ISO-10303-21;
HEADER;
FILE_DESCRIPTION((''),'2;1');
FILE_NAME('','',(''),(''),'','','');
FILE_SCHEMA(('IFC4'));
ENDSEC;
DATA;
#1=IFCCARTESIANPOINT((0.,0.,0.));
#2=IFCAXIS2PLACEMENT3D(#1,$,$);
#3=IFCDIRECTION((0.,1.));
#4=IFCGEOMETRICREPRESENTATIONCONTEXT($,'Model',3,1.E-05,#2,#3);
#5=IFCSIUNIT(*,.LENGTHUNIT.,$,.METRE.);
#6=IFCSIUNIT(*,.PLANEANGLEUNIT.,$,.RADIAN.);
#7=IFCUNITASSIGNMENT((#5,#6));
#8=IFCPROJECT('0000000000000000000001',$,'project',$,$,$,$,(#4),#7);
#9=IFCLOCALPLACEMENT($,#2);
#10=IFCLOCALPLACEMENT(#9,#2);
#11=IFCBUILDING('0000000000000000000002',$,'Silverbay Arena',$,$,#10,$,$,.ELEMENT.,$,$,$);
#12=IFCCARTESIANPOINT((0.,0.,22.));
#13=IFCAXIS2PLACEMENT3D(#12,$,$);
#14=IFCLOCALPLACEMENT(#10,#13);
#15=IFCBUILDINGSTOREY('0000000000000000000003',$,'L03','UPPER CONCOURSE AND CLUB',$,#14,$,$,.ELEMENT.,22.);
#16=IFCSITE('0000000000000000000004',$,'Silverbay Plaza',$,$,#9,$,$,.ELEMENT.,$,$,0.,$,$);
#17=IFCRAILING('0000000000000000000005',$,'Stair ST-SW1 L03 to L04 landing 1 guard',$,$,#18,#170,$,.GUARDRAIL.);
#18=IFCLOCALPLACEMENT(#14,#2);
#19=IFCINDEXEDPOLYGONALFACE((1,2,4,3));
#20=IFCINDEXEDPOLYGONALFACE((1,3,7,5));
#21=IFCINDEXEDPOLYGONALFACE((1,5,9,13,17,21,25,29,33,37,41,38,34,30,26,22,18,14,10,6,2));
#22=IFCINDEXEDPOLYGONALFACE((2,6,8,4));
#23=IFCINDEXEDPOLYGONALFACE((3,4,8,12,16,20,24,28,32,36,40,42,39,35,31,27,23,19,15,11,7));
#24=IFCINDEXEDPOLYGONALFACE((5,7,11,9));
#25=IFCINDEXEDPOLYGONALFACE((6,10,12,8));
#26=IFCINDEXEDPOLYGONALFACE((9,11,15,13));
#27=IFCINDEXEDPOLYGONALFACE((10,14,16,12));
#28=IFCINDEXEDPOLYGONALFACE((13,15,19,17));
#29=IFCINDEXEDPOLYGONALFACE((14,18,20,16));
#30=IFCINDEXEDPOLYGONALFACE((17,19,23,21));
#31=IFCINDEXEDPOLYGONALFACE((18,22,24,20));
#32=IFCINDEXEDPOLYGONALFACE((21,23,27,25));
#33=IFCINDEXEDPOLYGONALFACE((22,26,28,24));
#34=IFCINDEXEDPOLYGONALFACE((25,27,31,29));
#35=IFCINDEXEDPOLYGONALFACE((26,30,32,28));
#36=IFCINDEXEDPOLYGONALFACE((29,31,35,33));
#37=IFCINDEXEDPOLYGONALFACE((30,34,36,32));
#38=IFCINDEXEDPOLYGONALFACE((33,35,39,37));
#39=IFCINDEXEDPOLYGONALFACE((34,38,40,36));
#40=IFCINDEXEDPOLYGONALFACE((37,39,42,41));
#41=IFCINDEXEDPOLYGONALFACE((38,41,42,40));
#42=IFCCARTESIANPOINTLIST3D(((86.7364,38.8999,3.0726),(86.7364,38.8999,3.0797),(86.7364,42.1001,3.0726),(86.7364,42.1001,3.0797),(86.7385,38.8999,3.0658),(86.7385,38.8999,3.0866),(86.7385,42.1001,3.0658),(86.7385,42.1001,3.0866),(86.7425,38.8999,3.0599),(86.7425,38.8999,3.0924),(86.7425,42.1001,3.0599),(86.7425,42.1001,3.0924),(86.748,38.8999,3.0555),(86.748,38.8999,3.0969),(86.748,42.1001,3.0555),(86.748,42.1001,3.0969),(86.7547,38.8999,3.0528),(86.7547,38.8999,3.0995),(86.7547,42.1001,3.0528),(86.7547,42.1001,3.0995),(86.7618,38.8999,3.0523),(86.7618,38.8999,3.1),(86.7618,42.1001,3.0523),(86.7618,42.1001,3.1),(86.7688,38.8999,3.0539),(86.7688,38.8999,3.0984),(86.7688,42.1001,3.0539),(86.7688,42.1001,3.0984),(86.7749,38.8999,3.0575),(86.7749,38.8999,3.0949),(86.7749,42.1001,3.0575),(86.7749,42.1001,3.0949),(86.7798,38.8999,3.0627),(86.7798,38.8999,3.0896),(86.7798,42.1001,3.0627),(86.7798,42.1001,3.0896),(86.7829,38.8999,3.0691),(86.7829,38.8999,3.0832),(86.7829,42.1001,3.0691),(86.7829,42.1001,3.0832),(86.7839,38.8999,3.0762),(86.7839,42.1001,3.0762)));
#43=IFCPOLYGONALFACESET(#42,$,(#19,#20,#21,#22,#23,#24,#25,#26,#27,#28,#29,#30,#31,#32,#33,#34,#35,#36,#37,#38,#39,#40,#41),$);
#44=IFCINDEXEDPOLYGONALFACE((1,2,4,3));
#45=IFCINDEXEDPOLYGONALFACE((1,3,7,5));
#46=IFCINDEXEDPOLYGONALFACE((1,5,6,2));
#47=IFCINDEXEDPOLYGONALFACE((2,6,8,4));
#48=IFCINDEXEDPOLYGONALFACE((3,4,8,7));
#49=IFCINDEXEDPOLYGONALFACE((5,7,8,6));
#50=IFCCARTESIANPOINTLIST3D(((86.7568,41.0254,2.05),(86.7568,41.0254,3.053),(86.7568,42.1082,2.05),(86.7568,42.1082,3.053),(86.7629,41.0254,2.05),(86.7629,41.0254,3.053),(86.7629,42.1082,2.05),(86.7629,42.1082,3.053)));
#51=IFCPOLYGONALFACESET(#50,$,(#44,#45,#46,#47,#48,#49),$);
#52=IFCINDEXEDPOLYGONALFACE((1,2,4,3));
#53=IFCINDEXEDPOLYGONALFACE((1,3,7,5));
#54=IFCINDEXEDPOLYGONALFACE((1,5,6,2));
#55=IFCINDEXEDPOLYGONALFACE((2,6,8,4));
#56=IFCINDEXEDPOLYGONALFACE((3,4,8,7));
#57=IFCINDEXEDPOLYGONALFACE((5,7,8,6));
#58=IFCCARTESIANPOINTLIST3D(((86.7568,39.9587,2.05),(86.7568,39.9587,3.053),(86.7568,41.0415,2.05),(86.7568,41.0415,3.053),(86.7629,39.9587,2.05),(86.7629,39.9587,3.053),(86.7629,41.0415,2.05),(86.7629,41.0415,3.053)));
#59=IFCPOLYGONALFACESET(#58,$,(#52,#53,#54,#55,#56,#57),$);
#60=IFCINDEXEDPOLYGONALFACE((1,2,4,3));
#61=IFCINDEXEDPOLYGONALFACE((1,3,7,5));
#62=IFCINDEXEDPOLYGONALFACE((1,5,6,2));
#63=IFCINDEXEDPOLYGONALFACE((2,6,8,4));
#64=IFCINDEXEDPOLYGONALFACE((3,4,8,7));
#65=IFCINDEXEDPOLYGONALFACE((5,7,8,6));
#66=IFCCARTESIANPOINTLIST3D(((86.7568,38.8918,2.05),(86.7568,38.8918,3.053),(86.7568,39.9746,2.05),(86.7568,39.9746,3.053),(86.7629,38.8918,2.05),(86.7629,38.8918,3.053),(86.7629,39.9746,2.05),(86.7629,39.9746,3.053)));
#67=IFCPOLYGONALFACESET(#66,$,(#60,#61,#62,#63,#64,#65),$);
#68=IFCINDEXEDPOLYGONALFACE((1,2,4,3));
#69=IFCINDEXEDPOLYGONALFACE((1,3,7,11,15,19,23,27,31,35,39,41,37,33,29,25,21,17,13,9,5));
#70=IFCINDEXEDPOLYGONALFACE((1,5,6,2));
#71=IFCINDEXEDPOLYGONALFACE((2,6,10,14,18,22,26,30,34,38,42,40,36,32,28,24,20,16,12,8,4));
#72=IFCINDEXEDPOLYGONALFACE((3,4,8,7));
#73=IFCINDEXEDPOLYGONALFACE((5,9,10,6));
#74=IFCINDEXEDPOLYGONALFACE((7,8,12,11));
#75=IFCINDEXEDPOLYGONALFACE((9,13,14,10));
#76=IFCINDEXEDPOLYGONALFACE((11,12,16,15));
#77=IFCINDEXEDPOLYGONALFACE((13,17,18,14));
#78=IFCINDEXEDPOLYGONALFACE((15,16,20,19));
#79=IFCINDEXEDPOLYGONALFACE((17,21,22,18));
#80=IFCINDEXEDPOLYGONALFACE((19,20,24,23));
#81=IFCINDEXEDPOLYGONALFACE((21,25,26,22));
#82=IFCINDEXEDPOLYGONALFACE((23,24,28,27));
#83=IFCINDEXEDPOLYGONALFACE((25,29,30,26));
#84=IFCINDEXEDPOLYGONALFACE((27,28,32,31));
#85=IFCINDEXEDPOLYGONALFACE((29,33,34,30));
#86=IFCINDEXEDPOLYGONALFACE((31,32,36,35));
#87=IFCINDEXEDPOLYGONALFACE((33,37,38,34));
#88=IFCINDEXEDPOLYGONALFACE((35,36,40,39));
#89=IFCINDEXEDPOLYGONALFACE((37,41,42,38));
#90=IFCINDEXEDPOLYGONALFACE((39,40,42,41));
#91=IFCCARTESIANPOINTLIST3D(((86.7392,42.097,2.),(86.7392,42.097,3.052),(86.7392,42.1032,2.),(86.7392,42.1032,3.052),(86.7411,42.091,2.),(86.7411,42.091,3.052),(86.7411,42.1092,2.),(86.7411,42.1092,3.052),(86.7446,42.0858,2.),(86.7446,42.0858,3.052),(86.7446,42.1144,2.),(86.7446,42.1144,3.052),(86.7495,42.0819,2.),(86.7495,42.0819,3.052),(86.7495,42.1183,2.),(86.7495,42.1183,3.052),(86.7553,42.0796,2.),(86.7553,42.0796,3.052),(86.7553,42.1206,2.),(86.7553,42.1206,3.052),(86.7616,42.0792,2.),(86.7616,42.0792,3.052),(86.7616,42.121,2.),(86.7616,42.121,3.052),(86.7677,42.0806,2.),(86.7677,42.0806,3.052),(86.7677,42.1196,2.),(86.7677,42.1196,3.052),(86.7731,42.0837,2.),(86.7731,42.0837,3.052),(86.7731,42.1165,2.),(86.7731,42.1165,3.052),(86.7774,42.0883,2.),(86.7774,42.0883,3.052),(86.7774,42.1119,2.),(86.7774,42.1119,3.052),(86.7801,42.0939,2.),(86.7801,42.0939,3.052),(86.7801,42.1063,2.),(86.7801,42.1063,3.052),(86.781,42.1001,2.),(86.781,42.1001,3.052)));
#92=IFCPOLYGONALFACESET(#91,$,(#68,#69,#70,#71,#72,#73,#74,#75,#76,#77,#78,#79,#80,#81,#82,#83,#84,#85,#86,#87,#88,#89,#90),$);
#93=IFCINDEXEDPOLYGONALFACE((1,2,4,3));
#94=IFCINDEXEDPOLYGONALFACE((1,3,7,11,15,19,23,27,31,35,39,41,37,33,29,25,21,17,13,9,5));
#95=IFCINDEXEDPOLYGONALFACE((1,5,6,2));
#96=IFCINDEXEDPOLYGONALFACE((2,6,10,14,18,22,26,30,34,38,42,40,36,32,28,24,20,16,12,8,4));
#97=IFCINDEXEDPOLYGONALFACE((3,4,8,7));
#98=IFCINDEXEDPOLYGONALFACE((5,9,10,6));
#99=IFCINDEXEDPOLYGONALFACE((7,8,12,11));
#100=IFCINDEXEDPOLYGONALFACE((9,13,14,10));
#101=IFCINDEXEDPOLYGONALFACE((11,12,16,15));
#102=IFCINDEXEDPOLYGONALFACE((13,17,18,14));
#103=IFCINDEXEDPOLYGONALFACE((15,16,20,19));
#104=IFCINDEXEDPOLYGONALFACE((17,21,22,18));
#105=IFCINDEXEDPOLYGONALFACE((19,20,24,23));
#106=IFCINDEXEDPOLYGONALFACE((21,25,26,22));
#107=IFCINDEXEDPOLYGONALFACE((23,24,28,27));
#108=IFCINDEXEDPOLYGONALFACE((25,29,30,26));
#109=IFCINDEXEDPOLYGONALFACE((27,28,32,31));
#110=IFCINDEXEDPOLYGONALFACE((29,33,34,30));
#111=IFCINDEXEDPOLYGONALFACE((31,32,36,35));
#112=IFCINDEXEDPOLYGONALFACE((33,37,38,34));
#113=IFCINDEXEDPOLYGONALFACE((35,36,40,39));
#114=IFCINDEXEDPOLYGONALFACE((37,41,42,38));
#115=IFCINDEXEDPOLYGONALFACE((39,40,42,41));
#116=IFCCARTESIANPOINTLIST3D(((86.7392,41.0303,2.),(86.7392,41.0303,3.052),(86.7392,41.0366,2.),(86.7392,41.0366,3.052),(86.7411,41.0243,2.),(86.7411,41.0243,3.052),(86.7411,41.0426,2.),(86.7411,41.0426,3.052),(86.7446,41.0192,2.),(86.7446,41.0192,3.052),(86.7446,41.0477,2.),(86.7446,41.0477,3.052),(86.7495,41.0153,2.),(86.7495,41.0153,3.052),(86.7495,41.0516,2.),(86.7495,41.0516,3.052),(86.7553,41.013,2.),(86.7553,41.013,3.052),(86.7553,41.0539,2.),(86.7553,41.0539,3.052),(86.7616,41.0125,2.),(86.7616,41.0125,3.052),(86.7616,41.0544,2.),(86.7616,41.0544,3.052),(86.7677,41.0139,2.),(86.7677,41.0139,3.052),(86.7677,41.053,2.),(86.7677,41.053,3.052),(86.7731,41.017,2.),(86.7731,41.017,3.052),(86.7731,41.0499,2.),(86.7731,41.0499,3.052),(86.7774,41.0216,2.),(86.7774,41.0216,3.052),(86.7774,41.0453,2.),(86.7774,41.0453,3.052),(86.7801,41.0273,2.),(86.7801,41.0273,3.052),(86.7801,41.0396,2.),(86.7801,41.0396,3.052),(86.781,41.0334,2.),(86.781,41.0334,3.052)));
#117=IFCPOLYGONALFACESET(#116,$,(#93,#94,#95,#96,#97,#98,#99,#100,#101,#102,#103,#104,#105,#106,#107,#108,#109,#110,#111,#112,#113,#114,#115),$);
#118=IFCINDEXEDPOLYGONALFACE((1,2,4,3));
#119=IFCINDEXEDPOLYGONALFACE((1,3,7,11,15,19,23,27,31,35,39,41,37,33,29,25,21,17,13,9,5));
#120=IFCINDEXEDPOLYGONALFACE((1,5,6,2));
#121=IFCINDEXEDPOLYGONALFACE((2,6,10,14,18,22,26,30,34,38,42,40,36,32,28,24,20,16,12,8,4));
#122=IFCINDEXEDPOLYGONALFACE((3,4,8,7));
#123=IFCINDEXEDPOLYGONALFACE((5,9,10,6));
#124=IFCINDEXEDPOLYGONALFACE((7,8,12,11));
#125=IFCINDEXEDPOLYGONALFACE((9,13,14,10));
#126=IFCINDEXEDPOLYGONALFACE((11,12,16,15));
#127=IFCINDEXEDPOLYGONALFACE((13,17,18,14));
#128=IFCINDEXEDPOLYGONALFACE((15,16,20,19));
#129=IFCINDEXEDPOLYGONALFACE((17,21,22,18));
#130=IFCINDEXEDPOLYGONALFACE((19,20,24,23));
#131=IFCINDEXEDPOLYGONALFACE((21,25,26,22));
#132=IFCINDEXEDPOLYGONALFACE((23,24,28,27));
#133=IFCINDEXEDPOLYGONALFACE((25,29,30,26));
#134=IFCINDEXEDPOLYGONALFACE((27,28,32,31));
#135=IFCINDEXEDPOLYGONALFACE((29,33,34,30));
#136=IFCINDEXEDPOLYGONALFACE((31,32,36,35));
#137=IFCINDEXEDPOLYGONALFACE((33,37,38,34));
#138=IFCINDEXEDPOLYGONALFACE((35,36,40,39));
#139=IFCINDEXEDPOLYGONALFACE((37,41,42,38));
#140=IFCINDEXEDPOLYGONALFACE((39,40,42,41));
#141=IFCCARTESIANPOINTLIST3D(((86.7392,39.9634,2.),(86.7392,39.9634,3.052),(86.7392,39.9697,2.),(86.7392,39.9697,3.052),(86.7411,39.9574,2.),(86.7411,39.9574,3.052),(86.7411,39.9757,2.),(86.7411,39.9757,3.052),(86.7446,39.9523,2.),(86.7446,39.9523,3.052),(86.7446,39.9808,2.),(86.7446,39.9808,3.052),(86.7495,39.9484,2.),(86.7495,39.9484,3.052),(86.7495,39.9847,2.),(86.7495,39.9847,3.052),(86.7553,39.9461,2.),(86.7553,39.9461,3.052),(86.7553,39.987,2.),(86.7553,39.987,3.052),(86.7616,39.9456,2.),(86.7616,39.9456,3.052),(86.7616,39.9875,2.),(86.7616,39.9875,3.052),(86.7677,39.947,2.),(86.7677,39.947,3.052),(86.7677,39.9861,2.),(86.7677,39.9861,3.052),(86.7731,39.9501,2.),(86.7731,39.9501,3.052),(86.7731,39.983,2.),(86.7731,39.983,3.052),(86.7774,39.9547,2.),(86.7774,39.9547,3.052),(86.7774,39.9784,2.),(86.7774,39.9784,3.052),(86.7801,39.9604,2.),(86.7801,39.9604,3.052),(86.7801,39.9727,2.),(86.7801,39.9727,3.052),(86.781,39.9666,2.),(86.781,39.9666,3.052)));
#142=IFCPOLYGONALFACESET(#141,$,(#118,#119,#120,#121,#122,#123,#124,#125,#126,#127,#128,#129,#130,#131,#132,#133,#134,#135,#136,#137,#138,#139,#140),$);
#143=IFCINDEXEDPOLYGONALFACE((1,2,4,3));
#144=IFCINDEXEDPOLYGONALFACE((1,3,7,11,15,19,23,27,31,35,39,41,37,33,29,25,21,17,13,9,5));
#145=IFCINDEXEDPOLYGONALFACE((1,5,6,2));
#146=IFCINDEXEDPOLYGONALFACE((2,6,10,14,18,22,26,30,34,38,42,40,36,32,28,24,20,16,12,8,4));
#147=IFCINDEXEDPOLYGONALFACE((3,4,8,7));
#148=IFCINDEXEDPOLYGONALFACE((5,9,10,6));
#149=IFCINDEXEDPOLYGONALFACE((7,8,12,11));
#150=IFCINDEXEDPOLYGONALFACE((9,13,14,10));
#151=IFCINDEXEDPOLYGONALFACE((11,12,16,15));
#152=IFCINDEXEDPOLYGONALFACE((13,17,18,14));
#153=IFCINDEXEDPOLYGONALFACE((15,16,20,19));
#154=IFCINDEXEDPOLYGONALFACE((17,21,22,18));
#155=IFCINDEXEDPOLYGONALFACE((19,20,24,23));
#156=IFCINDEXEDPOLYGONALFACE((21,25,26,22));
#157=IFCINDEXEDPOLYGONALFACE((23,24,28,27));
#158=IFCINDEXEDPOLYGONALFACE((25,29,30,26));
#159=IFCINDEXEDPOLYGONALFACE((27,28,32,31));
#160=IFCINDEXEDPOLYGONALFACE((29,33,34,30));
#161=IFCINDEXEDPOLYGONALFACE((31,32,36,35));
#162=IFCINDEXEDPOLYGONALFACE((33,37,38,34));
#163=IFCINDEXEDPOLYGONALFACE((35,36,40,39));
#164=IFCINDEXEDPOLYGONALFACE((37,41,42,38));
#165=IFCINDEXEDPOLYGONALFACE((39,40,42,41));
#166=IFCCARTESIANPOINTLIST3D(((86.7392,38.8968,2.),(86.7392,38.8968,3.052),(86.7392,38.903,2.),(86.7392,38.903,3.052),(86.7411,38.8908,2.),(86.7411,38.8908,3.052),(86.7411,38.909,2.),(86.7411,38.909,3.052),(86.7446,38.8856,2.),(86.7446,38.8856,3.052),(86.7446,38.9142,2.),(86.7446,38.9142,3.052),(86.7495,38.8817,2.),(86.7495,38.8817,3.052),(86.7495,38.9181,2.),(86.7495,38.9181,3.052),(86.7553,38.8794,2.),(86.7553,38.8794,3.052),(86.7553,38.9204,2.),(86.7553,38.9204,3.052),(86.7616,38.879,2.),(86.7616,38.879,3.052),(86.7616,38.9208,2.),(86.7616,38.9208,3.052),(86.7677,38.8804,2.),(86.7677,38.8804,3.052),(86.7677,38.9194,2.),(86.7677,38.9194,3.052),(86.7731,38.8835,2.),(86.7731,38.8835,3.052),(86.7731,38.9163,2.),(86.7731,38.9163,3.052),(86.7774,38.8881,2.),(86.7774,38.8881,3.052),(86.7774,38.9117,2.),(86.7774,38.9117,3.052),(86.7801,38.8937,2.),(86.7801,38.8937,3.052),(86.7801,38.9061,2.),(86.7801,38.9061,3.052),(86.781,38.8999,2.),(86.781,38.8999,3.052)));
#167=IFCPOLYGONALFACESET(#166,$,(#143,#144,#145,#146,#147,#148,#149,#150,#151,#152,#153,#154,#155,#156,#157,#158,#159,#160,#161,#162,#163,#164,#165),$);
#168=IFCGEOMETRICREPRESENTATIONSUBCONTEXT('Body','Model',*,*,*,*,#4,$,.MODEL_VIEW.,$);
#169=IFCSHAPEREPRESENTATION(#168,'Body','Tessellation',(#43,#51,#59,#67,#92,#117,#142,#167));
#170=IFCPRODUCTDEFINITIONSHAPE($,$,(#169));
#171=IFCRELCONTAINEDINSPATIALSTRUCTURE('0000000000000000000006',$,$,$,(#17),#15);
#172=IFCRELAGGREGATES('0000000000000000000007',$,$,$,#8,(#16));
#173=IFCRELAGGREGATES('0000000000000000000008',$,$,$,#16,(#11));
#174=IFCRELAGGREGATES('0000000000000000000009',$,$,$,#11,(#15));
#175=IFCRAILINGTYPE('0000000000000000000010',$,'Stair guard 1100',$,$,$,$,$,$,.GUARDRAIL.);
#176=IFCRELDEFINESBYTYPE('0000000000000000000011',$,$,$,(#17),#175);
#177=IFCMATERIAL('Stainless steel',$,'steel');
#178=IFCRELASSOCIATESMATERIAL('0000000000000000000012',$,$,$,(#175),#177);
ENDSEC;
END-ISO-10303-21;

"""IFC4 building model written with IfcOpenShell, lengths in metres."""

from ifc_helpers import new_model, si_unit, direction, frame, origin, origin_2d, place, context, subcontext, project, spatial, polyline, circle, outline, extrude, material, type_object, element, save


model = new_model("IFC4")

# Units and contexts
model_context = context("Model", 3, precision=1e-05, world=origin(), true_north=direction((0.0, 1.0)))
body_context = subcontext(model_context, "Body", "Model", "MODEL_VIEW")
ifc_project = project(units=[si_unit("LENGTHUNIT", "METRE"), si_unit("PLANEANGLEUNIT", "RADIAN")], contexts=[model_context])

# Site, building, storey
site_placement = place(None, origin())
site = spatial("IfcSite", under=ifc_project, at=site_placement, Name="Silverbay Plaza", CompositionType="ELEMENT", RefElevation=0.0)
building_placement = place(site_placement, origin())
building = spatial("IfcBuilding", under=site, at=building_placement, Name="Silverbay Arena", CompositionType="ELEMENT")
storey_placement = place(building_placement, frame((0.0, 0.0, 22.0)))
storey = spatial("IfcBuildingStorey", under=building, at=storey_placement, Name="L03", Description="UPPER CONCOURSE AND CLUB", CompositionType="ELEMENT", Elevation=22.0)

# Railing
ifc_material_1 = material(Name="Stainless steel", Category="steel")
railing_type_1 = type_object("IfcRailingType", Name="Stair guard 1100", PredefinedType="GUARDRAIL", material=ifc_material_1)
for number, where, name in (
    (1, (86.76, 42.1001, 2.0), "Stair ST-SW1 L03 to L04 landing 1 guard"),
):
    element("IfcRailing", number, at=place(storey_placement, frame(where)), inside=storey, type_object=railing_type_1, Name=name, PredefinedType="GUARDRAIL", context=body_context, shape_type="SweptSolid", body=[
        extrude(circle(Radius=0.0239, at=origin_2d()), frame((0.0, 0.0, 1.0762), z_axis=(0.0, -1.0, 0.0), x_axis=(1.0, 0.0, 0.0)), (0.0, 0.0, 1.0), 3.2002),
        extrude(outline(polyline([(-0.0081, 0.05), (1.0747, 0.05), (1.0747, 1.053), (-0.0081, 1.053), (-0.0081, 0.05)])), frame((0.0029, 0.0, 0.0), z_axis=(-1.0, 0.0, 0.0), x_axis=(0.0, -1.0, 0.0)), (0.0, 0.0, 1.0), 0.0061),
        extrude(outline(polyline([(-0.0081, 0.05), (1.0747, 0.05), (1.0747, 1.053), (-0.0081, 1.053), (-0.0081, 0.05)])), frame((0.0029, -1.0667, 0.0), z_axis=(-1.0, 0.0, 0.0), x_axis=(0.0, -1.0, 0.0)), (0.0, 0.0, 1.0), 0.0061),
        extrude(outline(polyline([(-0.0081, 0.05), (1.0747, 0.05), (1.0747, 1.053), (-0.0081, 1.053), (-0.0081, 0.05)])), frame((0.0029, -2.1335, 0.0), z_axis=(-1.0, 0.0, 0.0), x_axis=(0.0, -1.0, 0.0)), (0.0, 0.0, 1.0), 0.0061),
        extrude(circle(Radius=0.021, at=origin_2d()), origin(), (0.0, 0.0, 1.0), 1.052),
        extrude(circle(Radius=0.021, at=origin_2d()), frame((0.0, -1.0667, 0.0)), (0.0, 0.0, 1.0), 1.052),
        extrude(circle(Radius=0.021, at=origin_2d()), frame((0.0, -2.1335, 0.0)), (0.0, 0.0, 1.0), 1.052),
        extrude(circle(Radius=0.021, at=origin_2d()), frame((0.0, -3.2002, 0.0)), (0.0, 0.0, 1.0), 1.052),
    ])

save(model, "model.ifc")
